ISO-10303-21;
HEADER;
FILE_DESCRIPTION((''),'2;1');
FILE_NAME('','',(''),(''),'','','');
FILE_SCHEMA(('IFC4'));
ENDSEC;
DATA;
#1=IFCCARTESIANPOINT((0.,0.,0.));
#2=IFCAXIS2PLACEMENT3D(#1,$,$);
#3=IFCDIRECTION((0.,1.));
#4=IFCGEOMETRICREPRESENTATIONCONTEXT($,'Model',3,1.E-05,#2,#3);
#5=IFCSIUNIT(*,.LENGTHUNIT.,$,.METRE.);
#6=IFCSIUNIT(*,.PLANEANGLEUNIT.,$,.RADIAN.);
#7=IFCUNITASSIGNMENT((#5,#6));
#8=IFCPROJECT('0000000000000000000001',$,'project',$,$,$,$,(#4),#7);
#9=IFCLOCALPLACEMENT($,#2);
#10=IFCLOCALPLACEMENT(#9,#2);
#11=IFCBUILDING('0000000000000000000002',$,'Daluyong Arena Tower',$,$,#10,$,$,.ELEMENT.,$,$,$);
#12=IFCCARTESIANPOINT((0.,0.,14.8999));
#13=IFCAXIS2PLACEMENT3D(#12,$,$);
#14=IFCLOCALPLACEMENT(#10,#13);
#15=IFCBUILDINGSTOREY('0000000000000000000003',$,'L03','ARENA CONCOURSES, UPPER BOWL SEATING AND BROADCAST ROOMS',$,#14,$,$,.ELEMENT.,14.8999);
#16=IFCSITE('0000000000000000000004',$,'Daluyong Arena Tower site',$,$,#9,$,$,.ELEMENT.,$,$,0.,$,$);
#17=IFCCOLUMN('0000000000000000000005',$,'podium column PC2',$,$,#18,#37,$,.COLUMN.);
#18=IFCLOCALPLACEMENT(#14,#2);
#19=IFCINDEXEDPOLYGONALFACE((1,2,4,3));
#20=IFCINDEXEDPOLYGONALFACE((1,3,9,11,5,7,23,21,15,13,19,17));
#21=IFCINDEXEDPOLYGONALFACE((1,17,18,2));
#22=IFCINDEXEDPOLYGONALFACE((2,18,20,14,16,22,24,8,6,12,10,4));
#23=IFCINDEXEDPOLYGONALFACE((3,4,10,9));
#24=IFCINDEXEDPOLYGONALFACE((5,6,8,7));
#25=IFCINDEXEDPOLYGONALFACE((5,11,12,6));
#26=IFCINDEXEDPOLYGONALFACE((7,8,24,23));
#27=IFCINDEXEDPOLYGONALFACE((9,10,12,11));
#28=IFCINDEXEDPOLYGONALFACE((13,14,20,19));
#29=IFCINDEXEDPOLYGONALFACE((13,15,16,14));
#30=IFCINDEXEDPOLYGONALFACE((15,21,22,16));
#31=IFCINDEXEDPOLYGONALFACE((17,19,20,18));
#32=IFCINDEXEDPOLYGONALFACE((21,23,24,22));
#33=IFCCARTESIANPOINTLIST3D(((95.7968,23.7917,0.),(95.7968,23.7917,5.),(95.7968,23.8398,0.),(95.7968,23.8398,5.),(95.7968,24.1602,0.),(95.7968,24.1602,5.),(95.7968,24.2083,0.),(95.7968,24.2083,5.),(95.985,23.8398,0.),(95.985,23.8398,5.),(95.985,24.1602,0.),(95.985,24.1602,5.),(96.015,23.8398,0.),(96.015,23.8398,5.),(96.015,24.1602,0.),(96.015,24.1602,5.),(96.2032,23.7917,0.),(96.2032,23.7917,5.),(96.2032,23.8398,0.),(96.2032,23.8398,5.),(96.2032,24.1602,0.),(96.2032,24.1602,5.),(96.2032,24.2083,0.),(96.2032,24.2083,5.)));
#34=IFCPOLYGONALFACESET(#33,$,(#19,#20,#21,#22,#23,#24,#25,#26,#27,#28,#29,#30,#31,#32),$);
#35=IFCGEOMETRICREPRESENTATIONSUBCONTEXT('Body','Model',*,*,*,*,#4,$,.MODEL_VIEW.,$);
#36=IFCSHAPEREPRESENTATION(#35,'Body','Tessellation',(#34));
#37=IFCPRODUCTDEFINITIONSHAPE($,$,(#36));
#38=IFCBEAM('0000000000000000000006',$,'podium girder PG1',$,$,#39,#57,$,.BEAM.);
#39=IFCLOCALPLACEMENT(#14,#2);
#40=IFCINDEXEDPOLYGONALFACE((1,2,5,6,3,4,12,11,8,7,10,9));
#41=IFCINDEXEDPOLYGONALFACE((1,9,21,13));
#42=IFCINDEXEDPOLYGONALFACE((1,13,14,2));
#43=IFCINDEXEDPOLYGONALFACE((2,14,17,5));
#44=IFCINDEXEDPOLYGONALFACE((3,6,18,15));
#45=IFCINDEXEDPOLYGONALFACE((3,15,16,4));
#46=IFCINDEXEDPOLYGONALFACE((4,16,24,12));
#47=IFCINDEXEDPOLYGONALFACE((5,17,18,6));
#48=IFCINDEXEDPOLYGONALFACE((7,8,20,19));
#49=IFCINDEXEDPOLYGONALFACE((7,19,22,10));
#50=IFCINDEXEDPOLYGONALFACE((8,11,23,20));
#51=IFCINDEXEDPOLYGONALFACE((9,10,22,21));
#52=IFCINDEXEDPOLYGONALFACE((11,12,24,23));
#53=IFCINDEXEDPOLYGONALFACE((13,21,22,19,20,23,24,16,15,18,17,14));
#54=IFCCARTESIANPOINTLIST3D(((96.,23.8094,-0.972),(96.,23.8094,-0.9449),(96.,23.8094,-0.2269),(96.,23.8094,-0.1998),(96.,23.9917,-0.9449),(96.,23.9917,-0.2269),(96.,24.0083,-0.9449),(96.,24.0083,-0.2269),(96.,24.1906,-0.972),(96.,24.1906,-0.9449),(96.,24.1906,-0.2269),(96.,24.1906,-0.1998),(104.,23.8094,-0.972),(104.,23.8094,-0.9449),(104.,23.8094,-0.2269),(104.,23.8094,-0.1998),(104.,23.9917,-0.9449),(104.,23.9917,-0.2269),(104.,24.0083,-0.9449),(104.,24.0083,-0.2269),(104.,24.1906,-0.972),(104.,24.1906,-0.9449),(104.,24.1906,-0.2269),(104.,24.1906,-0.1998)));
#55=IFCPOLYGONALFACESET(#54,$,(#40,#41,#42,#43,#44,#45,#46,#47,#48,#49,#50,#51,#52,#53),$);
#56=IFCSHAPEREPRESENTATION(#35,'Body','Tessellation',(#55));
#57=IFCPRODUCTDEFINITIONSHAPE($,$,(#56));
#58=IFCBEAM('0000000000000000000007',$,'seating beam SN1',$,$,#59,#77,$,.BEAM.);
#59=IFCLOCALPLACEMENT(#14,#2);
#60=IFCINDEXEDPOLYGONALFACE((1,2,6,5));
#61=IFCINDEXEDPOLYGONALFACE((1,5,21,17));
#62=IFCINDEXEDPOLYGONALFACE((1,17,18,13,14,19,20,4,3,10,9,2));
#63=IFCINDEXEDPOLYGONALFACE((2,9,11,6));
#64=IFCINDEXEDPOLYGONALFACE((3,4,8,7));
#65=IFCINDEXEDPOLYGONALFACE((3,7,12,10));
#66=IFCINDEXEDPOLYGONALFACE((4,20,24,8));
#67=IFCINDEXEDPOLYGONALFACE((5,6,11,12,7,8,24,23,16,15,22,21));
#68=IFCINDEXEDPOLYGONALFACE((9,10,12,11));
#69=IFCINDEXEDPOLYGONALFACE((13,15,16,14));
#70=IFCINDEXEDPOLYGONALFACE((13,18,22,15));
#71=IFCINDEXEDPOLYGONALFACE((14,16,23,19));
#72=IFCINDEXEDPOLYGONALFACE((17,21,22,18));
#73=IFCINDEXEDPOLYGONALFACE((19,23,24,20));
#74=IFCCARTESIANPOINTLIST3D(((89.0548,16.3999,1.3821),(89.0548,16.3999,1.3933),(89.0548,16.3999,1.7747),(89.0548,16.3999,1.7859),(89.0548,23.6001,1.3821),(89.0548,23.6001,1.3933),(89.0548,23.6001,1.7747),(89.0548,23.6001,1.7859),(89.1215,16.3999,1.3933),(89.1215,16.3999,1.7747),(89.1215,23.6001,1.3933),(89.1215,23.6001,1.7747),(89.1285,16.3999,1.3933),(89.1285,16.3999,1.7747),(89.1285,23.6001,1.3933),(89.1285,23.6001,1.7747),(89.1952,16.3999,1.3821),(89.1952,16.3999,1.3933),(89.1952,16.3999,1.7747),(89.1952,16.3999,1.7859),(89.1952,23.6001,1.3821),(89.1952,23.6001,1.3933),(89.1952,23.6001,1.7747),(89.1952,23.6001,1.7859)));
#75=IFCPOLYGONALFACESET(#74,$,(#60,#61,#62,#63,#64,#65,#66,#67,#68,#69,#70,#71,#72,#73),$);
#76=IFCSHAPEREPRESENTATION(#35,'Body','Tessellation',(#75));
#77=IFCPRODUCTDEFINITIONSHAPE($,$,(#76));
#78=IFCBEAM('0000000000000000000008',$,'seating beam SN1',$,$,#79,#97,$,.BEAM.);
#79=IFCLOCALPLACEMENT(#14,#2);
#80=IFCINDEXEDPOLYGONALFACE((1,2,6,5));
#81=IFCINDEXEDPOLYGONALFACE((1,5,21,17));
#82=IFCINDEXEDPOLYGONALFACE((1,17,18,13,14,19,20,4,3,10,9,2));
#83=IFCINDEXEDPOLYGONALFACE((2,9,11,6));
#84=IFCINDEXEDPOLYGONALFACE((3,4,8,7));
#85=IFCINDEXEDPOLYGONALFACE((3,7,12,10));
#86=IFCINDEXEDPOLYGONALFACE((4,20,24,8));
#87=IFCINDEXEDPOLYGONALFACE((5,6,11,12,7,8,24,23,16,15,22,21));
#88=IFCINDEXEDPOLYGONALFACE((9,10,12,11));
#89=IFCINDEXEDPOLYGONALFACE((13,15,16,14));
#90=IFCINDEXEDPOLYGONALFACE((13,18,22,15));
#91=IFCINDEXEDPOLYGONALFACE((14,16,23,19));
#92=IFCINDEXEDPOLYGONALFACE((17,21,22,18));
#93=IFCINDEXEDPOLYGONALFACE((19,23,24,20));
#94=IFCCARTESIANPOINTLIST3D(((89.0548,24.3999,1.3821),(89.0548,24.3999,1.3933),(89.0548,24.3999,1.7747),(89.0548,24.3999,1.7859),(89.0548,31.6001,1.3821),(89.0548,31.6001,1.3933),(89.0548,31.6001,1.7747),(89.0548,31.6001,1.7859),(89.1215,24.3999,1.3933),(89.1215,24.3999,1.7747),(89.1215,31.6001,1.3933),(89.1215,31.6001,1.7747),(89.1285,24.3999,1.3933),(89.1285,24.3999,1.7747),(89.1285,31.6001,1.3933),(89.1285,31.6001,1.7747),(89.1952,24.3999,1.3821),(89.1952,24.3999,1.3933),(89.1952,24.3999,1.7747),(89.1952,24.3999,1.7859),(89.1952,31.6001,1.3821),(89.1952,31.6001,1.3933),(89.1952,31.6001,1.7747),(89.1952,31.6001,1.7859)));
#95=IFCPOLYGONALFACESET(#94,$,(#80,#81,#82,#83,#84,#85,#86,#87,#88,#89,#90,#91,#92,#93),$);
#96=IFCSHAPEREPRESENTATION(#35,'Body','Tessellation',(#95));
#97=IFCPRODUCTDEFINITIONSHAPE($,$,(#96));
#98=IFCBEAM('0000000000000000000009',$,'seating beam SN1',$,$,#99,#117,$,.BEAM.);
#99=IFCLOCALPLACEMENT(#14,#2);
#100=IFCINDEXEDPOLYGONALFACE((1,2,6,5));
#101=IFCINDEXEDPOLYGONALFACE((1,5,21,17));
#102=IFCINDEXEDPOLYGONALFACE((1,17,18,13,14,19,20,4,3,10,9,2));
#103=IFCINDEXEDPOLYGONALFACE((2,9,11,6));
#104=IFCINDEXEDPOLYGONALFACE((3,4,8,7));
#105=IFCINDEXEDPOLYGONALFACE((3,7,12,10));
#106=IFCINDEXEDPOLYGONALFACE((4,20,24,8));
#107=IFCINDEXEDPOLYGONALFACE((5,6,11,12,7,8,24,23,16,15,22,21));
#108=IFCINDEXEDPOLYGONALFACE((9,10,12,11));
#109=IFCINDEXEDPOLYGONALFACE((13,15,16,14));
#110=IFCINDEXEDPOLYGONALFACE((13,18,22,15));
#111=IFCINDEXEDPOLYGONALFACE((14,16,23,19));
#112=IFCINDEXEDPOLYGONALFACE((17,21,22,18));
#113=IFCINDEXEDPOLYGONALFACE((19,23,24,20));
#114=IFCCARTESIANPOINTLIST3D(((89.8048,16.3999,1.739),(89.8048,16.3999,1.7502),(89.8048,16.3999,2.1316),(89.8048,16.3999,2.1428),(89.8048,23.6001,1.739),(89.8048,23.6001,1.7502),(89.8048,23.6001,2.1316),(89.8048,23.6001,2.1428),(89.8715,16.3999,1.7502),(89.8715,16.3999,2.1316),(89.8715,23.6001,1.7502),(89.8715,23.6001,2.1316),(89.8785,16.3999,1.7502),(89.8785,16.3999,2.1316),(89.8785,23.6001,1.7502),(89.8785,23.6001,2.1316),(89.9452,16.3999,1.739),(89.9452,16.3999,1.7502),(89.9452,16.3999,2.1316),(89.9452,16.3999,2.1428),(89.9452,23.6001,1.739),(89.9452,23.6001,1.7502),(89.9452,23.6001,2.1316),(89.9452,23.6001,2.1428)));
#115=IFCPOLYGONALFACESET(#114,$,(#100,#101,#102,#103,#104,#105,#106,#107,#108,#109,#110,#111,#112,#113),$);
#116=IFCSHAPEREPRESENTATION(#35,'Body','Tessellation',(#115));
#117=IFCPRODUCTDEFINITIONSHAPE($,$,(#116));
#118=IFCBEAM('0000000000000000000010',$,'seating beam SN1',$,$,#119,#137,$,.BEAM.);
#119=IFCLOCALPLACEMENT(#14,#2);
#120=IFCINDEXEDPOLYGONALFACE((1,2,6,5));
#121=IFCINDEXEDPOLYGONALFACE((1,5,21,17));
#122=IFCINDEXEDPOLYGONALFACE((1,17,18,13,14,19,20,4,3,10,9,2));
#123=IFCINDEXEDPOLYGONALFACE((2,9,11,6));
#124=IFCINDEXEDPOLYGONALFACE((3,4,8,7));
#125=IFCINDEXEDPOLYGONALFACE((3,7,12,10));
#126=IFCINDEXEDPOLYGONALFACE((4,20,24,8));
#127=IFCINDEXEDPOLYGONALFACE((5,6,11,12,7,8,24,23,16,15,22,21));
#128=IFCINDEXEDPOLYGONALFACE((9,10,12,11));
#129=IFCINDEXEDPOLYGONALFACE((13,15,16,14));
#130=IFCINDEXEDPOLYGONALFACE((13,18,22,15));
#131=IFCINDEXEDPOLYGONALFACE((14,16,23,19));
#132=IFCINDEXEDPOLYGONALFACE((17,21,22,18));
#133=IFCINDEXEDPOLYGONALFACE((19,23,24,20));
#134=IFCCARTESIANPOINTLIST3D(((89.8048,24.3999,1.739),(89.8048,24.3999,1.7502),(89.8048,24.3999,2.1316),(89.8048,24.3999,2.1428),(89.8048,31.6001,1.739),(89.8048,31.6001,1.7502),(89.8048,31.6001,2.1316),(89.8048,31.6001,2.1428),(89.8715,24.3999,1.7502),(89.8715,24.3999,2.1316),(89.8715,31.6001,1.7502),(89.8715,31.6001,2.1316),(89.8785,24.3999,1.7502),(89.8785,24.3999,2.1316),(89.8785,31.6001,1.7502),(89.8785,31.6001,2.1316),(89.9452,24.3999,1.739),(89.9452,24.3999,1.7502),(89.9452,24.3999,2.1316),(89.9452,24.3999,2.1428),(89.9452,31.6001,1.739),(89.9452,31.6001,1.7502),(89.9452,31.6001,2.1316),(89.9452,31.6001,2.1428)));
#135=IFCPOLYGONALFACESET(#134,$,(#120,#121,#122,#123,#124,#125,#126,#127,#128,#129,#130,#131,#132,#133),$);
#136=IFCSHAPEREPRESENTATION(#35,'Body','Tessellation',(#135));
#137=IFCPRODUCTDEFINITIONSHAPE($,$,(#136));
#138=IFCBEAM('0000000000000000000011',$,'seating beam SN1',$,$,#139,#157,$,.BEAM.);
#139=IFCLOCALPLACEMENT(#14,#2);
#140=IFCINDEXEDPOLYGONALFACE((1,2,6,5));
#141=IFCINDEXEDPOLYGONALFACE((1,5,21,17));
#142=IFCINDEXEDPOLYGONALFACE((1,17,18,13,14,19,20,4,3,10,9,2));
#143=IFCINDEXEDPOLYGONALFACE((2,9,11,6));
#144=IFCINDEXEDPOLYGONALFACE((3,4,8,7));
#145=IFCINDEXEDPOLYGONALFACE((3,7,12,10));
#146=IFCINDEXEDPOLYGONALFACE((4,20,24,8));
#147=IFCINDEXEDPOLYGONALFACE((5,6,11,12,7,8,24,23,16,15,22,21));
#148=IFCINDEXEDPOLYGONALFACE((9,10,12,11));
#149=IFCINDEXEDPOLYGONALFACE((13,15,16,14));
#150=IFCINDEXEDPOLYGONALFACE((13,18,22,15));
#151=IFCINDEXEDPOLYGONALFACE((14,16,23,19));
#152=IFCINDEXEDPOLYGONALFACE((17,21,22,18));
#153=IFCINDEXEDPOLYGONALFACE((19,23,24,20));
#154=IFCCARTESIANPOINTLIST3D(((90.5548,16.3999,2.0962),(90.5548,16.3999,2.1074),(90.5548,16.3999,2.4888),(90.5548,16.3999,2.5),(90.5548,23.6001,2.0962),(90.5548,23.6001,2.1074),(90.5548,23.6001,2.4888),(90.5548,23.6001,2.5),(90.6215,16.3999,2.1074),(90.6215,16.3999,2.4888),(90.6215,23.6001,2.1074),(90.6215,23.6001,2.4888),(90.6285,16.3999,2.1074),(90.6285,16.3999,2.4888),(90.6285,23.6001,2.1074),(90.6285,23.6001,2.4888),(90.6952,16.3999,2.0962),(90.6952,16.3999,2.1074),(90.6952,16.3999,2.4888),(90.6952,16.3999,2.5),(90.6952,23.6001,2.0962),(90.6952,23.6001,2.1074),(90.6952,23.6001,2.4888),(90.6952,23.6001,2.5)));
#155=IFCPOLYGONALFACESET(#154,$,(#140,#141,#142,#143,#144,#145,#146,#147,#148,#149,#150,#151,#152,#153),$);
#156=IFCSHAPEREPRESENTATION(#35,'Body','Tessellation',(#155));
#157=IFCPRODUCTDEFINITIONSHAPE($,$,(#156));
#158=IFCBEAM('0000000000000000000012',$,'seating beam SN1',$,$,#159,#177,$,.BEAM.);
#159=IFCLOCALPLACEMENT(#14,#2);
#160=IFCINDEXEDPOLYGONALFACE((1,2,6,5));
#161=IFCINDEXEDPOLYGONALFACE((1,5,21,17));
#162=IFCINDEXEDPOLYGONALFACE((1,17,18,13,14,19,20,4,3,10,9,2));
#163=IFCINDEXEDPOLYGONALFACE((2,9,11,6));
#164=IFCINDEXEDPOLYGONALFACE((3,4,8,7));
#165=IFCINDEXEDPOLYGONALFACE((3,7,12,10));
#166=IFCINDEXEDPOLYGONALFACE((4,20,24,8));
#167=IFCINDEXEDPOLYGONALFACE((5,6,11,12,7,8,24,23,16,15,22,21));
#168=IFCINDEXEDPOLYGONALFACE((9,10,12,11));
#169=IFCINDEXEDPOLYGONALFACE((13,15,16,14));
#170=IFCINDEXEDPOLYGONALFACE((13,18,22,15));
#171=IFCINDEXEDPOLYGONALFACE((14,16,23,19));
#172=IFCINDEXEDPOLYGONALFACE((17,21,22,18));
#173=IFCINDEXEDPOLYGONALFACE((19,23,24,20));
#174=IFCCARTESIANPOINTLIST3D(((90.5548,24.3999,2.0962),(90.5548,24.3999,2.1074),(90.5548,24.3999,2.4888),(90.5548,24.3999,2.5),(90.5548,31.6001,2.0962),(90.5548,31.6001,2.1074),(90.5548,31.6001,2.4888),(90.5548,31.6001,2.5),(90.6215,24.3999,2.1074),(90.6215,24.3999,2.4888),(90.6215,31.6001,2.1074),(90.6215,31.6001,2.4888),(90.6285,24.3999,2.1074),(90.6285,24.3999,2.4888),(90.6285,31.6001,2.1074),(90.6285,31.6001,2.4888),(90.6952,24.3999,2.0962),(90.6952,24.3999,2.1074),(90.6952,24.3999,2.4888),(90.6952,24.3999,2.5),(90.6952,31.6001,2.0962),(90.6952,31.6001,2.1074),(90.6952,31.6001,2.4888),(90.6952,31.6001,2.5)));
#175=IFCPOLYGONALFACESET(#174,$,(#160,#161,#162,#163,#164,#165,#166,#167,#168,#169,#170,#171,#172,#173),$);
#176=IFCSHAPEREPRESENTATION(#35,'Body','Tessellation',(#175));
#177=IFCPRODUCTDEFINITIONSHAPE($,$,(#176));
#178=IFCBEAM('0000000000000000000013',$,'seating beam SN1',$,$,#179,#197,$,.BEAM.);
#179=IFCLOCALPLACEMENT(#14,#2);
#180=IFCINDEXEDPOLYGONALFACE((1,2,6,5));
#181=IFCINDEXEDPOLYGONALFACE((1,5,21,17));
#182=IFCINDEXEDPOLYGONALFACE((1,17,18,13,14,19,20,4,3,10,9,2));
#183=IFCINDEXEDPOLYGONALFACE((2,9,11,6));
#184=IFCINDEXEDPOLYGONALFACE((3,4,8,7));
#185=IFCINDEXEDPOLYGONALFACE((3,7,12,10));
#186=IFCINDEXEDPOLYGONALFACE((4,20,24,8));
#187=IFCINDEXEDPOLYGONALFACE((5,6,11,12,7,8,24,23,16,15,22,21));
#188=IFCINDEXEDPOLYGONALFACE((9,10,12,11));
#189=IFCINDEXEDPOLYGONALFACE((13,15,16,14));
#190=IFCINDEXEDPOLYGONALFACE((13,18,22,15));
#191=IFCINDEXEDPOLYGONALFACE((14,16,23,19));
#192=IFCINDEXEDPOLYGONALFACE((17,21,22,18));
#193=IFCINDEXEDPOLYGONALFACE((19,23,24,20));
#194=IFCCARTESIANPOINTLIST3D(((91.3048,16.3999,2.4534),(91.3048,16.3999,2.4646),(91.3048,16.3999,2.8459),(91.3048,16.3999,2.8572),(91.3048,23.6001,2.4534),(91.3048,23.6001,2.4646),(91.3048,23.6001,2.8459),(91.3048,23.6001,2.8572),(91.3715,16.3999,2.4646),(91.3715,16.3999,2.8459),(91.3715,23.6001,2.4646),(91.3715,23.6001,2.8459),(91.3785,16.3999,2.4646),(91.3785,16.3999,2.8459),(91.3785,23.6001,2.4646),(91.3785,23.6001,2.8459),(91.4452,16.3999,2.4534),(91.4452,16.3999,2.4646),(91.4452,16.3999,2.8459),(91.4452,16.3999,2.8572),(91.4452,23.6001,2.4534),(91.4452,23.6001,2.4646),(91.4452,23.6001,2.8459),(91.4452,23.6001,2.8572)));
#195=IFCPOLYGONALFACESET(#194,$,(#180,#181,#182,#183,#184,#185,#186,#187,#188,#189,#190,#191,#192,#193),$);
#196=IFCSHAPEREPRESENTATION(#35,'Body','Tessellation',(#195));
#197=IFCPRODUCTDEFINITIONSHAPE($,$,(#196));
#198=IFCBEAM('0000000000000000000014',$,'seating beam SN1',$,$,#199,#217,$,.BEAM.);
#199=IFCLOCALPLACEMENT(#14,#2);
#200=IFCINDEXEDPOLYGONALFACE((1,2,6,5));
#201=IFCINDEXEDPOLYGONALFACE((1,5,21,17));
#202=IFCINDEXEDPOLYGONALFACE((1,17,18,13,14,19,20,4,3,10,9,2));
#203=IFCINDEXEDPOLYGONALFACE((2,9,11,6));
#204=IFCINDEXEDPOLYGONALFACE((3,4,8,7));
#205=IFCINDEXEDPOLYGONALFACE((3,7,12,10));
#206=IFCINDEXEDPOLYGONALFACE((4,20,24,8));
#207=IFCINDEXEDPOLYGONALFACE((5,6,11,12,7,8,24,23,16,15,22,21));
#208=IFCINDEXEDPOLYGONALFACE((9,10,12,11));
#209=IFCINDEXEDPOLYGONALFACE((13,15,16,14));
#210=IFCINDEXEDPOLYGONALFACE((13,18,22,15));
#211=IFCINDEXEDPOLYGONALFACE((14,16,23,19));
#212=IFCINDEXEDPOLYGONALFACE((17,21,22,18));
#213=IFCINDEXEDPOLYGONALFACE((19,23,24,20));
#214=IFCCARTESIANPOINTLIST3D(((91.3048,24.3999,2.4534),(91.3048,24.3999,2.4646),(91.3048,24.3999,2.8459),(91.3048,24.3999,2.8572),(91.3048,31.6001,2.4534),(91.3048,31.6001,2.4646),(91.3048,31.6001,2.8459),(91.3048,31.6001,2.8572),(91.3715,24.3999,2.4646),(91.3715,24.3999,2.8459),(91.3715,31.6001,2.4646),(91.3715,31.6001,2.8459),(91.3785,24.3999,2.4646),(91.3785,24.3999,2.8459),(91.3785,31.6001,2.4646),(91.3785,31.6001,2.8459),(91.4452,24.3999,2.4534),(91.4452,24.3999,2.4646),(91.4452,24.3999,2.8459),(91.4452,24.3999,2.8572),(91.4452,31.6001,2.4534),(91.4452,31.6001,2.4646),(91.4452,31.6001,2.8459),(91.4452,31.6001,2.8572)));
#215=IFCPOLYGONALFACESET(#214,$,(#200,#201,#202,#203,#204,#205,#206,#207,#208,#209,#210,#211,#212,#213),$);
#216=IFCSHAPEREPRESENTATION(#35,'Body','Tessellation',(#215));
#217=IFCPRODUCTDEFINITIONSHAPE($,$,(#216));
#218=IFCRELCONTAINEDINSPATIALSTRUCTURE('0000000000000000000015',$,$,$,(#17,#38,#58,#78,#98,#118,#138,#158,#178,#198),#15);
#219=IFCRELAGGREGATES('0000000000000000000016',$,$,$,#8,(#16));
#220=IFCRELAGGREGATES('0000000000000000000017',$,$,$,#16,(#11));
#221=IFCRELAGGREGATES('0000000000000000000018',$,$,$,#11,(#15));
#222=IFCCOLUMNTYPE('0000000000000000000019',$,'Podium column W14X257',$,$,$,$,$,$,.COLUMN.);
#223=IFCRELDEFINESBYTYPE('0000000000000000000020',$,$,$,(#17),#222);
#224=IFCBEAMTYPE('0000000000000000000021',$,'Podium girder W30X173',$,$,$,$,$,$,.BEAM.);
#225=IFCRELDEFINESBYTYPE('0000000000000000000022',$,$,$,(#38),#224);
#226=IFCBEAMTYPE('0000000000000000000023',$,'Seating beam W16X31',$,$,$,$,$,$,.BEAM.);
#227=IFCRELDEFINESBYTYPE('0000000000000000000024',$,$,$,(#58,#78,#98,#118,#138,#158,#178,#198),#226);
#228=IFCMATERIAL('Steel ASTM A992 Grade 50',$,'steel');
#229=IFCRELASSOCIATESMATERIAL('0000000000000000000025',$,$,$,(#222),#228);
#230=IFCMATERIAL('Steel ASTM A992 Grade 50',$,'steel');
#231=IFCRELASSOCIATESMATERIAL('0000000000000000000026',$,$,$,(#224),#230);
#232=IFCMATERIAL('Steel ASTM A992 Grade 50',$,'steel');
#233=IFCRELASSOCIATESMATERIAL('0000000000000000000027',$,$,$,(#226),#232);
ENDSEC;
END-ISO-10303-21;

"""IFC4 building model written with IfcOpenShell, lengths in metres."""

from ifc_helpers import new_model, si_unit, direction, frame, origin, origin_2d, place, context, subcontext, project, spatial, i_section, extrude, material, material_profile, profile_set, type_object, element, save


model = new_model("IFC4")

# Units and contexts
model_context = context("Model", 3, precision=1e-05, world=origin(), true_north=direction((0.0, 1.0)))
body_context = subcontext(model_context, "Body", "Model", "MODEL_VIEW")
ifc_project = project(units=[si_unit("LENGTHUNIT", "METRE"), si_unit("PLANEANGLEUNIT", "RADIAN")], contexts=[model_context])

# Site, building, storey
site_placement = place(None, origin())
site = spatial("IfcSite", under=ifc_project, at=site_placement, Name="Daluyong Arena Tower site", CompositionType="ELEMENT", RefElevation=0.0)
building_placement = place(site_placement, origin())
building = spatial("IfcBuilding", under=site, at=building_placement, Name="Daluyong Arena Tower", CompositionType="ELEMENT")
storey_placement = place(building_placement, frame((0.0, 0.0, 14.8999)))
storey = spatial("IfcBuildingStorey", under=building, at=storey_placement, Name="L03", Description="ARENA CONCOURSES, UPPER BOWL SEATING AND BROADCAST ROOMS", CompositionType="ELEMENT", Elevation=14.8999)

# Column
ifc_material_1 = material(Name="Steel ASTM A992 Grade 50", Category="steel")
ifc_material_profile_1 = material_profile(ifc_material_1, i_section(OverallWidth=0.4065, OverallDepth=0.4165, WebThickness=0.03, FlangeThickness=0.0481, at=origin_2d()))
ifc_profile_set_1 = profile_set([ifc_material_profile_1], Name="Steel ASTM A992 Grade 50")
column_type = type_object("IfcColumnType", Name="Podium column W14X257", PredefinedType="COLUMN", material=ifc_profile_set_1)
column_placement = place(storey_placement, frame((96.0, 24.0, 0.0), z_axis=(0.0, 0.0, 1.0), x_axis=(1.0, 0.0, 0.0)))
element("IfcColumn", 1, at=column_placement, inside=storey, type_object=column_type, Name="podium column PC2", PredefinedType="COLUMN", context=body_context, shape_type="SweptSolid", body=[
    extrude(i_section(OverallWidth=0.4065, OverallDepth=0.4165, WebThickness=0.03, FlangeThickness=0.0481, at=origin_2d()), origin(), (0.0, 0.0, 1.0), 5.0),
])

# Beams
ifc_material_2 = material(Name="Steel ASTM A992 Grade 50", Category="steel")
ifc_material_profile_2 = material_profile(ifc_material_2, i_section(OverallWidth=0.3811, OverallDepth=0.7722, WebThickness=0.0166, FlangeThickness=0.0271, at=origin_2d()))
ifc_profile_set_2 = profile_set([ifc_material_profile_2], Name="Steel ASTM A992 Grade 50")
beam_type_1 = type_object("IfcBeamType", Name="Podium girder W30X173", PredefinedType="BEAM", material=ifc_profile_set_2)
beam_placement = place(storey_placement, frame((96.0, 24.0, -0.5859), z_axis=(1.0, 0.0, 0.0), x_axis=(0.0, 1.0, 0.0)))
element("IfcBeam", 2, at=beam_placement, inside=storey, type_object=beam_type_1, Name="podium girder PG1", PredefinedType="BEAM", context=body_context, shape_type="SweptSolid", body=[
    extrude(i_section(OverallWidth=0.3811, OverallDepth=0.7722, WebThickness=0.0166, FlangeThickness=0.0271, at=origin_2d()), origin(), (0.0, 0.0, 1.0), 8.0),
])
ifc_material_3 = material(Name="Steel ASTM A992 Grade 50", Category="steel")
ifc_material_profile_3 = material_profile(ifc_material_3, i_section(OverallWidth=0.1404, OverallDepth=0.4038, WebThickness=0.0071, FlangeThickness=0.0112, at=origin_2d()))
ifc_profile_set_3 = profile_set([ifc_material_profile_3], Name="Steel ASTM A992 Grade 50")
beam_type_2 = type_object("IfcBeamType", Name="Seating beam W16X31", PredefinedType="BEAM", material=ifc_profile_set_3)
for number, where, z_axis, x_axis, name in (
    (3, (89.125, 16.3999, 1.584), (0.0, 1.0, 0.0), (-1.0, 0.0, 0.0), "seating beam SN1"),
    (4, (89.125, 24.3999, 1.584), (0.0, 1.0, 0.0), (-1.0, 0.0, 0.0), "seating beam SN1"),
    (5, (89.875, 16.3999, 1.9409), (0.0, 1.0, 0.0), (-1.0, 0.0, 0.0), "seating beam SN1"),
    (6, (89.875, 24.3999, 1.9409), (0.0, 1.0, 0.0), (-1.0, 0.0, 0.0), "seating beam SN1"),
    (7, (90.625, 16.3999, 2.2981), (0.0, 1.0, 0.0), (-1.0, 0.0, 0.0), "seating beam SN1"),
    (8, (90.625, 24.3999, 2.2981), (0.0, 1.0, 0.0), (-1.0, 0.0, 0.0), "seating beam SN1"),
    (9, (91.375, 16.3999, 2.6553), (0.0, 1.0, 0.0), (-1.0, 0.0, 0.0), "seating beam SN1"),
    (10, (91.375, 24.3999, 2.6553), (0.0, 1.0, 0.0), (-1.0, 0.0, 0.0), "seating beam SN1"),
):
    element("IfcBeam", number, at=place(storey_placement, frame(where, z_axis=z_axis, x_axis=x_axis)), inside=storey, type_object=beam_type_2, Name=name, PredefinedType="BEAM", context=body_context, shape_type="SweptSolid", body=[
        extrude(i_section(OverallWidth=0.1404, OverallDepth=0.4038, WebThickness=0.0071, FlangeThickness=0.0112, at=origin_2d()), origin(), (0.0, 0.0, 1.0), 7.2002),
    ])

save(model, "model.ifc")
